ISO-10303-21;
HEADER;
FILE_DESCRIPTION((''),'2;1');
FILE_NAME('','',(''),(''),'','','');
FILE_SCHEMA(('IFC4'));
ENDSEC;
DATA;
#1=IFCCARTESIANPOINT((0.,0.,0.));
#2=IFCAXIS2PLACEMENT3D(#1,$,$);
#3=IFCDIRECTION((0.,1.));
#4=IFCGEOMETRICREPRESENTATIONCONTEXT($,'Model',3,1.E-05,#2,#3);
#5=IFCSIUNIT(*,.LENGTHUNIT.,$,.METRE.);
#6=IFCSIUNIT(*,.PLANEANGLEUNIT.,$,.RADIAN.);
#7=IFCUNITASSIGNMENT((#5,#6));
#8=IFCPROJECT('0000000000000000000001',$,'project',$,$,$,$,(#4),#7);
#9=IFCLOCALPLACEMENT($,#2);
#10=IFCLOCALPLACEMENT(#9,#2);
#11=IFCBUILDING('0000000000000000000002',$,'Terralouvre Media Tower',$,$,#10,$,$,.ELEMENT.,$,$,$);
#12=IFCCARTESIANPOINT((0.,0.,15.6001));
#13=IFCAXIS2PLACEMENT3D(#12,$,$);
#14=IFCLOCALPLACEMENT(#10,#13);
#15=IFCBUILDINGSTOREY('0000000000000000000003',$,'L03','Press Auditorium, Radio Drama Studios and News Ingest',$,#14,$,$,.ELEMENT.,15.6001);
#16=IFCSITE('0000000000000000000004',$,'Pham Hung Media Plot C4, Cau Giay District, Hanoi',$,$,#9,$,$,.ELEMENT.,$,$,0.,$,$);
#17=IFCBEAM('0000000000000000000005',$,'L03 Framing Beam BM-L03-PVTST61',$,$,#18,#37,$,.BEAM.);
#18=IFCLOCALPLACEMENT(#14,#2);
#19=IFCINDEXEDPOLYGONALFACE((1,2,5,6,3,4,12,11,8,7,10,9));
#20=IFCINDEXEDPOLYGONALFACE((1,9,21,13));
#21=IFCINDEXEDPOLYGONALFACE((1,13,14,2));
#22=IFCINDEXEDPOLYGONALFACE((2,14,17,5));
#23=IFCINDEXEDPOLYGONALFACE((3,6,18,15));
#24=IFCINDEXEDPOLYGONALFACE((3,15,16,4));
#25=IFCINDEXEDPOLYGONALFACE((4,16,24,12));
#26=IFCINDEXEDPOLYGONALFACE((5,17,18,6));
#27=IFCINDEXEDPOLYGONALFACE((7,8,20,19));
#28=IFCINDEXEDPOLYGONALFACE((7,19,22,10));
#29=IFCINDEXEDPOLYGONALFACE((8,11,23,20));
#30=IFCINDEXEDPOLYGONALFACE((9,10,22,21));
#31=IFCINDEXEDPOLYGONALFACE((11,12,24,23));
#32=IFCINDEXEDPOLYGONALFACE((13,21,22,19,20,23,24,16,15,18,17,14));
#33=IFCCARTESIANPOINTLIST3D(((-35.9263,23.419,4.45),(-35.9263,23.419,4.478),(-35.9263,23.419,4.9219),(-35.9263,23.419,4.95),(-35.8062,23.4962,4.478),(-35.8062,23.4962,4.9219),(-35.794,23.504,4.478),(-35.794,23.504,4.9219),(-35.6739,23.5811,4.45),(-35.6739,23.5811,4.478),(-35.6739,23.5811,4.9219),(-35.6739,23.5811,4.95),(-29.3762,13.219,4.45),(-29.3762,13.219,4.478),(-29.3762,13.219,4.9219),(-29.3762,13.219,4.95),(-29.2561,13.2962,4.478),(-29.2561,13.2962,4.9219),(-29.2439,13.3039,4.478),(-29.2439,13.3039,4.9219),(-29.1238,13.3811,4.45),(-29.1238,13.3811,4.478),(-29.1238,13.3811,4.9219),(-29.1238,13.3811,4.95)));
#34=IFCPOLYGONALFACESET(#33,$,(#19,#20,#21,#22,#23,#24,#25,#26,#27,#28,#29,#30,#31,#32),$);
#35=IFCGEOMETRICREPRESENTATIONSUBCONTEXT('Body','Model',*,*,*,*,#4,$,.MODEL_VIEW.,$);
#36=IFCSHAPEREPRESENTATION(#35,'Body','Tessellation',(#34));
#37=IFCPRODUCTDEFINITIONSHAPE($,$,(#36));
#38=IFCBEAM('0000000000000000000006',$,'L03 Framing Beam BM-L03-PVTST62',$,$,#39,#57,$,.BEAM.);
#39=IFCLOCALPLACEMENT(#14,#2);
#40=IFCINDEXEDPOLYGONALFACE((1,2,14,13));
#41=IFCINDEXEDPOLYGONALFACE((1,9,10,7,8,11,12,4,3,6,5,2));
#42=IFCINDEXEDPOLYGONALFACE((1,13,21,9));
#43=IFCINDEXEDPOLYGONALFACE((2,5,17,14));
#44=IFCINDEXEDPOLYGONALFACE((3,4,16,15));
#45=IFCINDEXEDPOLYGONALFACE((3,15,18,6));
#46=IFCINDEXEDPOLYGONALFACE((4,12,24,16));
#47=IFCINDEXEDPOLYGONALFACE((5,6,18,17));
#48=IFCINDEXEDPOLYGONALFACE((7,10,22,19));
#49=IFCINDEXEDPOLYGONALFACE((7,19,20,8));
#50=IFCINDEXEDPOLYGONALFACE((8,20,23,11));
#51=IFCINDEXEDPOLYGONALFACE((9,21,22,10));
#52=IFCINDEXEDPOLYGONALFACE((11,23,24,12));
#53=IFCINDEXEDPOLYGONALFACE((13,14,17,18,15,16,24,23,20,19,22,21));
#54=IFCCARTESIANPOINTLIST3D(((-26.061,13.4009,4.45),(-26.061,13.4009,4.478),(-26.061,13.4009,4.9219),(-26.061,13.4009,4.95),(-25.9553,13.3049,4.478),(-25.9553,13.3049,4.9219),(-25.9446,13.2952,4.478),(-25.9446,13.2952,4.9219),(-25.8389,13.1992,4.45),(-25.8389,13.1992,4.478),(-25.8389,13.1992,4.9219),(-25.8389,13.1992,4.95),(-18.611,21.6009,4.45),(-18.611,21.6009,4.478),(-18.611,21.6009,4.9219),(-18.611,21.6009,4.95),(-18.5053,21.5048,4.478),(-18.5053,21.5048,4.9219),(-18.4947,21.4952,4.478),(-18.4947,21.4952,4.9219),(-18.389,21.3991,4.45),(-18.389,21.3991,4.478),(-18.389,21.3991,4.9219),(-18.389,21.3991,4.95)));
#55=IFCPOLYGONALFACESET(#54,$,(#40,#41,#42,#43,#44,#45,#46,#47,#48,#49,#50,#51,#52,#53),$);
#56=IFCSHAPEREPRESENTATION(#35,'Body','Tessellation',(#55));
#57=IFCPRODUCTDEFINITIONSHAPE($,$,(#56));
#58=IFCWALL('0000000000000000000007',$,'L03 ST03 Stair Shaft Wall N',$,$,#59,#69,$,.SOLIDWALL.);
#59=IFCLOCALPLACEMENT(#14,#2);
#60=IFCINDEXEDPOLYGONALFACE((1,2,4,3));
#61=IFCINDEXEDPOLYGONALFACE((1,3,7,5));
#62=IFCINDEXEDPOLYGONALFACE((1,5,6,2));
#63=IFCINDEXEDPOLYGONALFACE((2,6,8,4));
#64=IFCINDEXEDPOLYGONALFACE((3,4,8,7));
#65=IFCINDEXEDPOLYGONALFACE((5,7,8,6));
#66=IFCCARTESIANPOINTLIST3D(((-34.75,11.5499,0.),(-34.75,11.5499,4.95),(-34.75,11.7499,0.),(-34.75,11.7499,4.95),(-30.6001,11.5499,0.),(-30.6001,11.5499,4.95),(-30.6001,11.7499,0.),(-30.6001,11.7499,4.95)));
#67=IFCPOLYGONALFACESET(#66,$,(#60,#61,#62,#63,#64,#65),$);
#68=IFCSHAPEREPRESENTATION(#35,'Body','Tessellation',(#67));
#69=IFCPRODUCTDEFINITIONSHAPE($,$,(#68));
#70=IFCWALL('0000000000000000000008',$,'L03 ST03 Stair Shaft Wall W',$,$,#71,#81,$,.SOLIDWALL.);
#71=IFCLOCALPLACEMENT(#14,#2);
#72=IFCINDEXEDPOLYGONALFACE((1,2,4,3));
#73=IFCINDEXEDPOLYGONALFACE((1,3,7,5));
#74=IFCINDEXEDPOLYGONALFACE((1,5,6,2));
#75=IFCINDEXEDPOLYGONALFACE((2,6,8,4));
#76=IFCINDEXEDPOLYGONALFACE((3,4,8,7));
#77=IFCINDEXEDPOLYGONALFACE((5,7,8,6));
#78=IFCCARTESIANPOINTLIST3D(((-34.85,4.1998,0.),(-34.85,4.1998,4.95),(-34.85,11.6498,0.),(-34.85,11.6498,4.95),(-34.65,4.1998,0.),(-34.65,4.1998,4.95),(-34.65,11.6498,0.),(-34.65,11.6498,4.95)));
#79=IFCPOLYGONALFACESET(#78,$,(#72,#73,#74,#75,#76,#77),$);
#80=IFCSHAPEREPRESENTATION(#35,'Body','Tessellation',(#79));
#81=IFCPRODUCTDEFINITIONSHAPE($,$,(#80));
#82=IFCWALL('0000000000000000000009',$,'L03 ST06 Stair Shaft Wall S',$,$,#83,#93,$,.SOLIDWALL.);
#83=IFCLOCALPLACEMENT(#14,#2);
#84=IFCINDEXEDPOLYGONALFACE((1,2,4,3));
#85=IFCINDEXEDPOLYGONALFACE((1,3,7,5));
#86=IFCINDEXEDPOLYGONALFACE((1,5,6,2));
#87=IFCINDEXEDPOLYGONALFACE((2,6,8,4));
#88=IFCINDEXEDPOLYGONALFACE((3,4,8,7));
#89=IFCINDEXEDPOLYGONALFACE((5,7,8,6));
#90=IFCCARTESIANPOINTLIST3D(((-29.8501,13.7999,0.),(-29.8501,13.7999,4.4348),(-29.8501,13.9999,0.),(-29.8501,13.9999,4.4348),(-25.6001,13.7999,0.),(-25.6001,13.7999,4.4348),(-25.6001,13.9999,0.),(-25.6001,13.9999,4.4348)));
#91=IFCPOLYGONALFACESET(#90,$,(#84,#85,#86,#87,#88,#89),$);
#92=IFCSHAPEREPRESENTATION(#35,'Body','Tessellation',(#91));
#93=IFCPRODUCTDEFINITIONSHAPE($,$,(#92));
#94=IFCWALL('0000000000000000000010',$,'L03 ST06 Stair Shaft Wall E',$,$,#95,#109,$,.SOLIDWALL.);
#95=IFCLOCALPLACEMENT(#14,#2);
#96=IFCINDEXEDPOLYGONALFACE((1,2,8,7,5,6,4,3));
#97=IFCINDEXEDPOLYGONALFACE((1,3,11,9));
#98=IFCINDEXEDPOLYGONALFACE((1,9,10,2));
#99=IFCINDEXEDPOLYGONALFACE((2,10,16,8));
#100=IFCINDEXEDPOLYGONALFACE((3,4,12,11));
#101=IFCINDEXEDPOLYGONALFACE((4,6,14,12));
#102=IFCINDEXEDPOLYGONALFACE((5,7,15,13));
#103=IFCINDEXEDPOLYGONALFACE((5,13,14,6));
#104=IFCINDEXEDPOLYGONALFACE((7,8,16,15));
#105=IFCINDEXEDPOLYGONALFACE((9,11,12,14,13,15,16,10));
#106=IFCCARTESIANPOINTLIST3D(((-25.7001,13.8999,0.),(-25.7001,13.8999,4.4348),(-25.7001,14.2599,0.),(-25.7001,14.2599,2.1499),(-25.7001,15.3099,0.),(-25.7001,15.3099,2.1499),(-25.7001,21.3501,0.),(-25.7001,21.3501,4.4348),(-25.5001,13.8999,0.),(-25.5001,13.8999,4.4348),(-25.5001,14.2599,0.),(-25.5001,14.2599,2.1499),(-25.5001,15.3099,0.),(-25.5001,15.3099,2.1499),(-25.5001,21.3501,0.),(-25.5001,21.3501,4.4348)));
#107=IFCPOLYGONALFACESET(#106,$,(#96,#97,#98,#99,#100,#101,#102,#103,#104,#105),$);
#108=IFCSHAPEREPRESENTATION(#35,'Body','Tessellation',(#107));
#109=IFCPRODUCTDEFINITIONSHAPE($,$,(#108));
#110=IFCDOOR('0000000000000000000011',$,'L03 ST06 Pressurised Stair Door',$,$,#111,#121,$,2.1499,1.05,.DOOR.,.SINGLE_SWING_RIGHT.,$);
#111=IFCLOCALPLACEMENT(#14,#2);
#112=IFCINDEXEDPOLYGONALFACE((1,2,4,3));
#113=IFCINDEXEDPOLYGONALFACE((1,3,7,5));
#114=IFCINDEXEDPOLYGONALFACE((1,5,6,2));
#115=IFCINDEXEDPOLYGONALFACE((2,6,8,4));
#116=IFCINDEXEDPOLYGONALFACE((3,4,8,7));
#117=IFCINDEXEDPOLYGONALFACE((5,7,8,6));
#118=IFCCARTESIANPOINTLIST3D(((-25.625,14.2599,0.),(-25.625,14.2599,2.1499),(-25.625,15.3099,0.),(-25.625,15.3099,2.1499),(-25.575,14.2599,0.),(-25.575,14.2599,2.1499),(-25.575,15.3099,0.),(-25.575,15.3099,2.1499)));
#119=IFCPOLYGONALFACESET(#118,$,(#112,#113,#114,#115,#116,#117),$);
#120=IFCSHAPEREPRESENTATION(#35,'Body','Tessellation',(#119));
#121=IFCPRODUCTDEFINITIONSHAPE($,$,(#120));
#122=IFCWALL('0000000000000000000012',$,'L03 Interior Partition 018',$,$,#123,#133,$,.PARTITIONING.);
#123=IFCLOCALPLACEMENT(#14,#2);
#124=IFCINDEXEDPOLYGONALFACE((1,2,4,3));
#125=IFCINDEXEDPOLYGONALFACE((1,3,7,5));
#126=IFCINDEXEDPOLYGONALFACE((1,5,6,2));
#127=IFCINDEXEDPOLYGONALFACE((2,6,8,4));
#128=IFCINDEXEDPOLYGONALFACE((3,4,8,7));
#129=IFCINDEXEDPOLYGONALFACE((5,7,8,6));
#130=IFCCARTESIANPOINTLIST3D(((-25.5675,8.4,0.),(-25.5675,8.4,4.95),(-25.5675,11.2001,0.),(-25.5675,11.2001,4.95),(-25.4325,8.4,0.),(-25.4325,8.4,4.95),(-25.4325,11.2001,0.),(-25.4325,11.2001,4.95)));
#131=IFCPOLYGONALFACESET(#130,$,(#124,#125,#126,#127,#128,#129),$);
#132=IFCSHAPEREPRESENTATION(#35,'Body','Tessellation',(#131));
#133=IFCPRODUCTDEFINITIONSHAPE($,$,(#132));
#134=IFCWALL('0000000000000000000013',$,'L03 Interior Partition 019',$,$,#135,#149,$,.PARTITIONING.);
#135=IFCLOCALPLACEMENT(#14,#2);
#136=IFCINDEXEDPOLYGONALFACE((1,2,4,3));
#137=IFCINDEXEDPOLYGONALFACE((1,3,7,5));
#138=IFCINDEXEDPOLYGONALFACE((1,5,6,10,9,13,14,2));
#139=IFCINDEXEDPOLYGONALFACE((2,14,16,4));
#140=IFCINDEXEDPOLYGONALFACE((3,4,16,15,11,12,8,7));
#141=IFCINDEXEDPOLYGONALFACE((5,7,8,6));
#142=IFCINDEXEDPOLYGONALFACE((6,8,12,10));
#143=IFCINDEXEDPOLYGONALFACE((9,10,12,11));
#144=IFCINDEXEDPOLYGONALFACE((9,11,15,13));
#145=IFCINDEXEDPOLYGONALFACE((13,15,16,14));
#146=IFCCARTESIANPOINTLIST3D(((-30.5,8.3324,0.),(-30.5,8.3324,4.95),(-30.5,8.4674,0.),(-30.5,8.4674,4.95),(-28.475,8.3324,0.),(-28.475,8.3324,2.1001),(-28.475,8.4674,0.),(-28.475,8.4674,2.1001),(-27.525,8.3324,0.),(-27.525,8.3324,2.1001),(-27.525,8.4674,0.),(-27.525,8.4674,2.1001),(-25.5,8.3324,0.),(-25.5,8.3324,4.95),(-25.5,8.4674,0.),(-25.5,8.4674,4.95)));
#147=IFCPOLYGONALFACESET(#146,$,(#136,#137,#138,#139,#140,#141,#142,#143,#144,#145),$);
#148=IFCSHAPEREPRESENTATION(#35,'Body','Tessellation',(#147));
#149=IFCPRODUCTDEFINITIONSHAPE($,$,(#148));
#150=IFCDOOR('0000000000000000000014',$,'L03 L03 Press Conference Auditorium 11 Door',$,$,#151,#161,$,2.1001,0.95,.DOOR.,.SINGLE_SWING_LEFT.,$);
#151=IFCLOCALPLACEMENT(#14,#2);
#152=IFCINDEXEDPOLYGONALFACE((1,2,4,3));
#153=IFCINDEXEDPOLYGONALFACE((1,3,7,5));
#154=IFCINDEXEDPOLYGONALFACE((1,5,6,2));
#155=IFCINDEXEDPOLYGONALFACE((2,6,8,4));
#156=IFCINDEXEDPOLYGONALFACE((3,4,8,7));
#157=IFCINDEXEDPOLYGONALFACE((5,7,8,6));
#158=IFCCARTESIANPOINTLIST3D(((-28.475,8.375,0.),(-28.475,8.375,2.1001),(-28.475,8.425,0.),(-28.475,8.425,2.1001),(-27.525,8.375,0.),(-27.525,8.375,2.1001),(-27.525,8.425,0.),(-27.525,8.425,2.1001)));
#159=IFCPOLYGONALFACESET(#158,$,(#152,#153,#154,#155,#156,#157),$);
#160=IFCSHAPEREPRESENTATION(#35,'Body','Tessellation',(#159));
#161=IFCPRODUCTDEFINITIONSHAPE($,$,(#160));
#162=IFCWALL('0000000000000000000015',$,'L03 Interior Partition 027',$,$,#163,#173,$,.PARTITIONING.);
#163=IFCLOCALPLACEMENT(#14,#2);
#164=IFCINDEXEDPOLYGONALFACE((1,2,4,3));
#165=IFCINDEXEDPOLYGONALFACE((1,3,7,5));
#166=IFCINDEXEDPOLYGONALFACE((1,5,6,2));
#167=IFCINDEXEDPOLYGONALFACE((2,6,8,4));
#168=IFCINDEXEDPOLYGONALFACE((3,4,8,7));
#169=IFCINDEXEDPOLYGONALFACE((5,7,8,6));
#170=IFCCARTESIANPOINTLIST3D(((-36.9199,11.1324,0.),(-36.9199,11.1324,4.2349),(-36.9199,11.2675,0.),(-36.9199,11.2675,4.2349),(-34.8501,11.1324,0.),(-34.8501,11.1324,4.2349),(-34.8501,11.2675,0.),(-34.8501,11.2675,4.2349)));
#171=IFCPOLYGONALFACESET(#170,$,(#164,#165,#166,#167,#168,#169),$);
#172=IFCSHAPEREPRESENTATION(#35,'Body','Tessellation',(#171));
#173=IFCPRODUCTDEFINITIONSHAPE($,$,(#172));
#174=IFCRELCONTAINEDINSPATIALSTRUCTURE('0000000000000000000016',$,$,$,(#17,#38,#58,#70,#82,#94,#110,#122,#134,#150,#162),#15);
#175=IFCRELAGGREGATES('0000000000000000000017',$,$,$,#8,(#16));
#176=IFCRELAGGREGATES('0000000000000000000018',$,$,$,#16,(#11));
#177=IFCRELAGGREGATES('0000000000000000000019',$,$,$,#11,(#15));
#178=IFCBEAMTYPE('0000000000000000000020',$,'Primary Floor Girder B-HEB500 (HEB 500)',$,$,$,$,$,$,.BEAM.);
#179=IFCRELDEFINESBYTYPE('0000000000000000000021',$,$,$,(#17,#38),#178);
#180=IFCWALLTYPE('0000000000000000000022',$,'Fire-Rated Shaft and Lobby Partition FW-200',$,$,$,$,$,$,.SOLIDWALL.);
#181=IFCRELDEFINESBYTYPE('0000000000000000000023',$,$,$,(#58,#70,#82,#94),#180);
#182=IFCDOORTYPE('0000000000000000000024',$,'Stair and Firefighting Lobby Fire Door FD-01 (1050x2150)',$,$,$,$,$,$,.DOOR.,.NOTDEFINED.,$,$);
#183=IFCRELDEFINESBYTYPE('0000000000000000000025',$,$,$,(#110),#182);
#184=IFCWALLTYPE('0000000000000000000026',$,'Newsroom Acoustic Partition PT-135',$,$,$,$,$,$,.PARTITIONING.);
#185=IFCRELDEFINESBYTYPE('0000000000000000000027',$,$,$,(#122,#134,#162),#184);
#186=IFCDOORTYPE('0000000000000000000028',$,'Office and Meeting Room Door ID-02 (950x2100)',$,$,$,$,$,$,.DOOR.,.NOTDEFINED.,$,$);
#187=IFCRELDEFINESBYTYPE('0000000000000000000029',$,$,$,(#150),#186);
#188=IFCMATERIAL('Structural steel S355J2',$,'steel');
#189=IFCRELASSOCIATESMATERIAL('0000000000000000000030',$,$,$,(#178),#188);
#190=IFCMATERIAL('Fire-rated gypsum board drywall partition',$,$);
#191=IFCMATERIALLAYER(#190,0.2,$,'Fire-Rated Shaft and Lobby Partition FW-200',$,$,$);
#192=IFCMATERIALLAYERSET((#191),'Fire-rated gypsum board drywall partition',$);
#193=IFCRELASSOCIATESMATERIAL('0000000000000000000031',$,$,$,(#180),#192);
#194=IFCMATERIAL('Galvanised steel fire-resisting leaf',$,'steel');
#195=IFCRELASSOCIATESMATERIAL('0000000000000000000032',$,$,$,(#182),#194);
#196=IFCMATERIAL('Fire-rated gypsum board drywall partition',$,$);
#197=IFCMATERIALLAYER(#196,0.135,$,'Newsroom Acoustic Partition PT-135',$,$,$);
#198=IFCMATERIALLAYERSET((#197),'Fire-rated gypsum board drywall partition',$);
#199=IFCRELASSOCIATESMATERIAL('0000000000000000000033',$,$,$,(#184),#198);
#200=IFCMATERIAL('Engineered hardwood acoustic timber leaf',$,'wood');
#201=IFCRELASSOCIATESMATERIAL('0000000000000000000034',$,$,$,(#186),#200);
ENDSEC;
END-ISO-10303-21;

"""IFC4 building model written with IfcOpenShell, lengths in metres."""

from ifc_helpers import new_model, si_unit, direction, frame, frame_2d, origin, origin_2d, place, context, subcontext, project, spatial, rectangle, i_section, extrude, material, layer, layer_set, material_profile, profile_set, type_object, element, fill, save


model = new_model("IFC4")

# Units and contexts
model_context = context("Model", 3, precision=1e-05, world=origin(), true_north=direction((0.0, 1.0)))
body_context = subcontext(model_context, "Body", "Model", "MODEL_VIEW")
ifc_project = project(units=[si_unit("LENGTHUNIT", "METRE"), si_unit("PLANEANGLEUNIT", "RADIAN")], contexts=[model_context])

# Site, building, storey
site_placement = place(None, origin())
site = spatial("IfcSite", under=ifc_project, at=site_placement, Name="Pham Hung Media Plot C4, Cau Giay District, Hanoi", CompositionType="ELEMENT", RefElevation=0.0)
building_placement = place(site_placement, origin())
building = spatial("IfcBuilding", under=site, at=building_placement, Name="Terralouvre Media Tower", CompositionType="ELEMENT")
storey_placement = place(building_placement, frame((0.0, 0.0, 15.6001)))
storey = spatial("IfcBuildingStorey", under=building, at=storey_placement, Name="L03", Description="Press Auditorium, Radio Drama Studios and News Ingest", CompositionType="ELEMENT", Elevation=15.6001)

# Beams
ifc_material_1 = material(Name="Structural steel S355J2", Category="steel")
ifc_material_profile_1 = material_profile(ifc_material_1, i_section(OverallWidth=0.3, OverallDepth=0.5, WebThickness=0.0144, FlangeThickness=0.0281, at=origin_2d()), Name="HEB 500")
ifc_profile_set_1 = profile_set([ifc_material_profile_1], Name="Structural steel S355J2")
beam_type_1 = type_object("IfcBeamType", Name="Primary Floor Girder B-HEB500 (HEB 500)", PredefinedType="BEAM", material=ifc_profile_set_1)
beam_1_placement = place(storey_placement, frame((-29.25, 13.3, 4.7), z_axis=(-0.540345, 0.841443, 0.0), x_axis=(-0.841443, -0.540345, 0.0)))
element("IfcBeam", 1, at=beam_1_placement, inside=storey, type_object=beam_type_1, Name="L03 Framing Beam BM-L03-PVTST61", PredefinedType="BEAM", context=body_context, shape_type="SweptSolid", body=[
    extrude(i_section(OverallWidth=0.3, OverallDepth=0.5, WebThickness=0.0144, FlangeThickness=0.0281, at=origin_2d()), origin(), (0.0, 0.0, 1.0), 12.1221),
])
beam_2_placement = place(storey_placement, frame((-25.95, 13.3, 4.7), z_axis=(0.672448, 0.740144, 0.0), x_axis=(-0.740144, 0.672448, 0.0)))
element("IfcBeam", 2, at=beam_2_placement, inside=storey, type_object=beam_type_1, Name="L03 Framing Beam BM-L03-PVTST62", PredefinedType="BEAM", context=body_context, shape_type="SweptSolid", body=[
    extrude(i_section(OverallWidth=0.3, OverallDepth=0.5, WebThickness=0.0144, FlangeThickness=0.0281, at=origin_2d()), origin(), (0.0, 0.0, 1.0), 11.0789),
])

# Walls
ifc_material_2 = material(Name="Fire-rated gypsum board drywall partition")
ifc_layer_1 = layer(ifc_material_2, 0.2, Name="Fire-Rated Shaft and Lobby Partition FW-200")
ifc_layer_set_1 = layer_set([ifc_layer_1], Name="Fire-rated gypsum board drywall partition")
wall_type_1 = type_object("IfcWallType", Name="Fire-Rated Shaft and Lobby Partition FW-200", PredefinedType="SOLIDWALL", material=ifc_layer_set_1)
wall_1_placement = place(storey_placement, frame((-30.6001, 11.6499, 0.0), z_axis=(0.0, 0.0, 1.0), x_axis=(-1.0, 0.0, 0.0)))
element("IfcWall", 3, at=wall_1_placement, inside=storey, type_object=wall_type_1, Name="L03 ST03 Stair Shaft Wall N", PredefinedType="SOLIDWALL", context=body_context, shape_type="SweptSolid", body=[
    extrude(rectangle(XDim=4.1499, YDim=0.2, at=frame_2d((2.075, 0.0))), origin(), (0.0, 0.0, 1.0), 4.95),
])
wall_2_placement = place(storey_placement, frame((-34.75, 11.6499, 0.0), z_axis=(0.0, 0.0, 1.0), x_axis=(0.0, -1.0, 0.0)))
element("IfcWall", 4, at=wall_2_placement, inside=storey, type_object=wall_type_1, Name="L03 ST03 Stair Shaft Wall W", PredefinedType="SOLIDWALL", context=body_context, shape_type="SweptSolid", body=[
    extrude(rectangle(XDim=7.45, YDim=0.2, at=frame_2d((3.7251, 0.0))), origin(), (0.0, 0.0, 1.0), 4.95),
])
wall_3_placement = place(storey_placement, frame((-29.8501, 13.8999, 0.0), z_axis=(0.0, 0.0, 1.0), x_axis=(1.0, 0.0, 0.0)))
element("IfcWall", 5, at=wall_3_placement, inside=storey, type_object=wall_type_1, Name="L03 ST06 Stair Shaft Wall S", PredefinedType="SOLIDWALL", context=body_context, shape_type="SweptSolid", body=[
    extrude(rectangle(XDim=4.25, YDim=0.2, at=frame_2d((2.125, 0.0))), origin(), (0.0, 0.0, 1.0), 4.4348),
])

# Wall, opening, door
wall_4_placement = place(storey_placement, frame((-25.6001, 13.8999, 0.0), z_axis=(0.0, 0.0, 1.0), x_axis=(0.0, 1.0, 0.0)))
wall_4 = element("IfcWall", 6, at=wall_4_placement, inside=storey, type_object=wall_type_1, Name="L03 ST06 Stair Shaft Wall E", PredefinedType="SOLIDWALL", context=body_context, shape_type="SweptSolid", body=[
    extrude(rectangle(XDim=7.4502, YDim=0.2, at=frame_2d((3.7251, 0.0))), origin(), (0.0, 0.0, 1.0), 4.4348),
])
opening_1_placement = place(wall_4_placement, frame((0.3601, 0.0, 0.0)))
opening_1 = element("IfcOpeningElement", 7, at=opening_1_placement, cuts=wall_4, PredefinedType="OPENING", context=body_context, shape_type="SweptSolid", body=[
    extrude(rectangle(XDim=1.05, YDim=2.1499, at=frame_2d((0.5249, 1.075))), frame((0.0, 0.1099, 0.0), z_axis=(0.0, -1.0, 0.0), x_axis=(1.0, 0.0, 0.0)), (0.0, 0.0, 1.0), 0.22),
])
ifc_material_3 = material(Name="Galvanised steel fire-resisting leaf", Category="steel")
door_type_1 = type_object("IfcDoorType", Name="Stair and Firefighting Lobby Fire Door FD-01 (1050x2150)", OperationType="NOTDEFINED", PredefinedType="DOOR", material=ifc_material_3)
door_1_placement = place(opening_1_placement, origin())
door_1 = element("IfcDoor", 8, at=door_1_placement, inside=storey, type_object=door_type_1, Name="L03 ST06 Pressurised Stair Door", OperationType="SINGLE_SWING_RIGHT", OverallHeight=2.1499, OverallWidth=1.05, PredefinedType="DOOR", context=body_context, shape_type="SweptSolid", body=[
    extrude(rectangle(XDim=1.05, YDim=2.1499, at=frame_2d((0.5249, 1.075))), frame((0.0, 0.0249, 0.0), z_axis=(0.0, -1.0, 0.0), x_axis=(1.0, 0.0, 0.0)), (0.0, 0.0, 1.0), 0.05),
])
fill(opening_1, door_1)

# Wall
ifc_material_4 = material(Name="Fire-rated gypsum board drywall partition")
ifc_layer_2 = layer(ifc_material_4, 0.135, Name="Newsroom Acoustic Partition PT-135")
ifc_layer_set_2 = layer_set([ifc_layer_2], Name="Fire-rated gypsum board drywall partition")
wall_type_2 = type_object("IfcWallType", Name="Newsroom Acoustic Partition PT-135", PredefinedType="PARTITIONING", material=ifc_layer_set_2)
wall_5_placement = place(storey_placement, frame((-25.5, 11.2, 0.0), z_axis=(0.0, 0.0, 1.0), x_axis=(0.0, -1.0, 0.0)))
element("IfcWall", 9, at=wall_5_placement, inside=storey, type_object=wall_type_2, Name="L03 Interior Partition 018", PredefinedType="PARTITIONING", context=body_context, shape_type="SweptSolid", body=[
    extrude(rectangle(XDim=2.8, YDim=0.135, at=frame_2d((1.3999, 0.0))), origin(), (0.0, 0.0, 1.0), 4.95),
])

# Wall, opening, door
wall_6_placement = place(storey_placement, frame((-25.5, 8.3999, 0.0), z_axis=(0.0, 0.0, 1.0), x_axis=(-1.0, 0.0, 0.0)))
wall_6 = element("IfcWall", 10, at=wall_6_placement, inside=storey, type_object=wall_type_2, Name="L03 Interior Partition 019", PredefinedType="PARTITIONING", context=body_context, shape_type="SweptSolid", body=[
    extrude(rectangle(XDim=5.0, YDim=0.135, at=frame_2d((2.5, 0.0))), origin(), (0.0, 0.0, 1.0), 4.95),
])
opening_2_placement = place(wall_6_placement, frame((2.0249, 0.0, 0.0)))
opening_2 = element("IfcOpeningElement", 11, at=opening_2_placement, cuts=wall_6, PredefinedType="OPENING", context=body_context, shape_type="SweptSolid", body=[
    extrude(rectangle(XDim=0.95, YDim=2.1001, at=frame_2d((0.4751, 1.05))), frame((0.0, 0.0774, 0.0), z_axis=(0.0, -1.0, 0.0), x_axis=(1.0, 0.0, 0.0)), (0.0, 0.0, 1.0), 0.155),
])
ifc_material_5 = material(Name="Engineered hardwood acoustic timber leaf", Category="wood")
door_type_2 = type_object("IfcDoorType", Name="Office and Meeting Room Door ID-02 (950x2100)", OperationType="NOTDEFINED", PredefinedType="DOOR", material=ifc_material_5)
door_2_placement = place(opening_2_placement, origin())
door_2 = element("IfcDoor", 12, at=door_2_placement, inside=storey, type_object=door_type_2, Name="L03 L03 Press Conference Auditorium 11 Door", OperationType="SINGLE_SWING_LEFT", OverallHeight=2.1001, OverallWidth=0.95, PredefinedType="DOOR", context=body_context, shape_type="SweptSolid", body=[
    extrude(rectangle(XDim=0.95, YDim=2.1001, at=frame_2d((0.4751, 1.05))), frame((0.0, 0.0249, 0.0), z_axis=(0.0, -1.0, 0.0), x_axis=(1.0, 0.0, 0.0)), (0.0, 0.0, 1.0), 0.05),
])
fill(opening_2, door_2)

# Wall
wall_7_placement = place(storey_placement, frame((-34.8501, 11.2, 0.0), z_axis=(0.0, 0.0, 1.0), x_axis=(-1.0, 0.0, 0.0)))
element("IfcWall", 13, at=wall_7_placement, inside=storey, type_object=wall_type_2, Name="L03 Interior Partition 027", PredefinedType="PARTITIONING", context=body_context, shape_type="SweptSolid", body=[
    extrude(rectangle(XDim=2.0698, YDim=0.135, at=frame_2d((1.0349, 0.0))), origin(), (0.0, 0.0, 1.0), 4.2349),
])

save(model, "model.ifc")
